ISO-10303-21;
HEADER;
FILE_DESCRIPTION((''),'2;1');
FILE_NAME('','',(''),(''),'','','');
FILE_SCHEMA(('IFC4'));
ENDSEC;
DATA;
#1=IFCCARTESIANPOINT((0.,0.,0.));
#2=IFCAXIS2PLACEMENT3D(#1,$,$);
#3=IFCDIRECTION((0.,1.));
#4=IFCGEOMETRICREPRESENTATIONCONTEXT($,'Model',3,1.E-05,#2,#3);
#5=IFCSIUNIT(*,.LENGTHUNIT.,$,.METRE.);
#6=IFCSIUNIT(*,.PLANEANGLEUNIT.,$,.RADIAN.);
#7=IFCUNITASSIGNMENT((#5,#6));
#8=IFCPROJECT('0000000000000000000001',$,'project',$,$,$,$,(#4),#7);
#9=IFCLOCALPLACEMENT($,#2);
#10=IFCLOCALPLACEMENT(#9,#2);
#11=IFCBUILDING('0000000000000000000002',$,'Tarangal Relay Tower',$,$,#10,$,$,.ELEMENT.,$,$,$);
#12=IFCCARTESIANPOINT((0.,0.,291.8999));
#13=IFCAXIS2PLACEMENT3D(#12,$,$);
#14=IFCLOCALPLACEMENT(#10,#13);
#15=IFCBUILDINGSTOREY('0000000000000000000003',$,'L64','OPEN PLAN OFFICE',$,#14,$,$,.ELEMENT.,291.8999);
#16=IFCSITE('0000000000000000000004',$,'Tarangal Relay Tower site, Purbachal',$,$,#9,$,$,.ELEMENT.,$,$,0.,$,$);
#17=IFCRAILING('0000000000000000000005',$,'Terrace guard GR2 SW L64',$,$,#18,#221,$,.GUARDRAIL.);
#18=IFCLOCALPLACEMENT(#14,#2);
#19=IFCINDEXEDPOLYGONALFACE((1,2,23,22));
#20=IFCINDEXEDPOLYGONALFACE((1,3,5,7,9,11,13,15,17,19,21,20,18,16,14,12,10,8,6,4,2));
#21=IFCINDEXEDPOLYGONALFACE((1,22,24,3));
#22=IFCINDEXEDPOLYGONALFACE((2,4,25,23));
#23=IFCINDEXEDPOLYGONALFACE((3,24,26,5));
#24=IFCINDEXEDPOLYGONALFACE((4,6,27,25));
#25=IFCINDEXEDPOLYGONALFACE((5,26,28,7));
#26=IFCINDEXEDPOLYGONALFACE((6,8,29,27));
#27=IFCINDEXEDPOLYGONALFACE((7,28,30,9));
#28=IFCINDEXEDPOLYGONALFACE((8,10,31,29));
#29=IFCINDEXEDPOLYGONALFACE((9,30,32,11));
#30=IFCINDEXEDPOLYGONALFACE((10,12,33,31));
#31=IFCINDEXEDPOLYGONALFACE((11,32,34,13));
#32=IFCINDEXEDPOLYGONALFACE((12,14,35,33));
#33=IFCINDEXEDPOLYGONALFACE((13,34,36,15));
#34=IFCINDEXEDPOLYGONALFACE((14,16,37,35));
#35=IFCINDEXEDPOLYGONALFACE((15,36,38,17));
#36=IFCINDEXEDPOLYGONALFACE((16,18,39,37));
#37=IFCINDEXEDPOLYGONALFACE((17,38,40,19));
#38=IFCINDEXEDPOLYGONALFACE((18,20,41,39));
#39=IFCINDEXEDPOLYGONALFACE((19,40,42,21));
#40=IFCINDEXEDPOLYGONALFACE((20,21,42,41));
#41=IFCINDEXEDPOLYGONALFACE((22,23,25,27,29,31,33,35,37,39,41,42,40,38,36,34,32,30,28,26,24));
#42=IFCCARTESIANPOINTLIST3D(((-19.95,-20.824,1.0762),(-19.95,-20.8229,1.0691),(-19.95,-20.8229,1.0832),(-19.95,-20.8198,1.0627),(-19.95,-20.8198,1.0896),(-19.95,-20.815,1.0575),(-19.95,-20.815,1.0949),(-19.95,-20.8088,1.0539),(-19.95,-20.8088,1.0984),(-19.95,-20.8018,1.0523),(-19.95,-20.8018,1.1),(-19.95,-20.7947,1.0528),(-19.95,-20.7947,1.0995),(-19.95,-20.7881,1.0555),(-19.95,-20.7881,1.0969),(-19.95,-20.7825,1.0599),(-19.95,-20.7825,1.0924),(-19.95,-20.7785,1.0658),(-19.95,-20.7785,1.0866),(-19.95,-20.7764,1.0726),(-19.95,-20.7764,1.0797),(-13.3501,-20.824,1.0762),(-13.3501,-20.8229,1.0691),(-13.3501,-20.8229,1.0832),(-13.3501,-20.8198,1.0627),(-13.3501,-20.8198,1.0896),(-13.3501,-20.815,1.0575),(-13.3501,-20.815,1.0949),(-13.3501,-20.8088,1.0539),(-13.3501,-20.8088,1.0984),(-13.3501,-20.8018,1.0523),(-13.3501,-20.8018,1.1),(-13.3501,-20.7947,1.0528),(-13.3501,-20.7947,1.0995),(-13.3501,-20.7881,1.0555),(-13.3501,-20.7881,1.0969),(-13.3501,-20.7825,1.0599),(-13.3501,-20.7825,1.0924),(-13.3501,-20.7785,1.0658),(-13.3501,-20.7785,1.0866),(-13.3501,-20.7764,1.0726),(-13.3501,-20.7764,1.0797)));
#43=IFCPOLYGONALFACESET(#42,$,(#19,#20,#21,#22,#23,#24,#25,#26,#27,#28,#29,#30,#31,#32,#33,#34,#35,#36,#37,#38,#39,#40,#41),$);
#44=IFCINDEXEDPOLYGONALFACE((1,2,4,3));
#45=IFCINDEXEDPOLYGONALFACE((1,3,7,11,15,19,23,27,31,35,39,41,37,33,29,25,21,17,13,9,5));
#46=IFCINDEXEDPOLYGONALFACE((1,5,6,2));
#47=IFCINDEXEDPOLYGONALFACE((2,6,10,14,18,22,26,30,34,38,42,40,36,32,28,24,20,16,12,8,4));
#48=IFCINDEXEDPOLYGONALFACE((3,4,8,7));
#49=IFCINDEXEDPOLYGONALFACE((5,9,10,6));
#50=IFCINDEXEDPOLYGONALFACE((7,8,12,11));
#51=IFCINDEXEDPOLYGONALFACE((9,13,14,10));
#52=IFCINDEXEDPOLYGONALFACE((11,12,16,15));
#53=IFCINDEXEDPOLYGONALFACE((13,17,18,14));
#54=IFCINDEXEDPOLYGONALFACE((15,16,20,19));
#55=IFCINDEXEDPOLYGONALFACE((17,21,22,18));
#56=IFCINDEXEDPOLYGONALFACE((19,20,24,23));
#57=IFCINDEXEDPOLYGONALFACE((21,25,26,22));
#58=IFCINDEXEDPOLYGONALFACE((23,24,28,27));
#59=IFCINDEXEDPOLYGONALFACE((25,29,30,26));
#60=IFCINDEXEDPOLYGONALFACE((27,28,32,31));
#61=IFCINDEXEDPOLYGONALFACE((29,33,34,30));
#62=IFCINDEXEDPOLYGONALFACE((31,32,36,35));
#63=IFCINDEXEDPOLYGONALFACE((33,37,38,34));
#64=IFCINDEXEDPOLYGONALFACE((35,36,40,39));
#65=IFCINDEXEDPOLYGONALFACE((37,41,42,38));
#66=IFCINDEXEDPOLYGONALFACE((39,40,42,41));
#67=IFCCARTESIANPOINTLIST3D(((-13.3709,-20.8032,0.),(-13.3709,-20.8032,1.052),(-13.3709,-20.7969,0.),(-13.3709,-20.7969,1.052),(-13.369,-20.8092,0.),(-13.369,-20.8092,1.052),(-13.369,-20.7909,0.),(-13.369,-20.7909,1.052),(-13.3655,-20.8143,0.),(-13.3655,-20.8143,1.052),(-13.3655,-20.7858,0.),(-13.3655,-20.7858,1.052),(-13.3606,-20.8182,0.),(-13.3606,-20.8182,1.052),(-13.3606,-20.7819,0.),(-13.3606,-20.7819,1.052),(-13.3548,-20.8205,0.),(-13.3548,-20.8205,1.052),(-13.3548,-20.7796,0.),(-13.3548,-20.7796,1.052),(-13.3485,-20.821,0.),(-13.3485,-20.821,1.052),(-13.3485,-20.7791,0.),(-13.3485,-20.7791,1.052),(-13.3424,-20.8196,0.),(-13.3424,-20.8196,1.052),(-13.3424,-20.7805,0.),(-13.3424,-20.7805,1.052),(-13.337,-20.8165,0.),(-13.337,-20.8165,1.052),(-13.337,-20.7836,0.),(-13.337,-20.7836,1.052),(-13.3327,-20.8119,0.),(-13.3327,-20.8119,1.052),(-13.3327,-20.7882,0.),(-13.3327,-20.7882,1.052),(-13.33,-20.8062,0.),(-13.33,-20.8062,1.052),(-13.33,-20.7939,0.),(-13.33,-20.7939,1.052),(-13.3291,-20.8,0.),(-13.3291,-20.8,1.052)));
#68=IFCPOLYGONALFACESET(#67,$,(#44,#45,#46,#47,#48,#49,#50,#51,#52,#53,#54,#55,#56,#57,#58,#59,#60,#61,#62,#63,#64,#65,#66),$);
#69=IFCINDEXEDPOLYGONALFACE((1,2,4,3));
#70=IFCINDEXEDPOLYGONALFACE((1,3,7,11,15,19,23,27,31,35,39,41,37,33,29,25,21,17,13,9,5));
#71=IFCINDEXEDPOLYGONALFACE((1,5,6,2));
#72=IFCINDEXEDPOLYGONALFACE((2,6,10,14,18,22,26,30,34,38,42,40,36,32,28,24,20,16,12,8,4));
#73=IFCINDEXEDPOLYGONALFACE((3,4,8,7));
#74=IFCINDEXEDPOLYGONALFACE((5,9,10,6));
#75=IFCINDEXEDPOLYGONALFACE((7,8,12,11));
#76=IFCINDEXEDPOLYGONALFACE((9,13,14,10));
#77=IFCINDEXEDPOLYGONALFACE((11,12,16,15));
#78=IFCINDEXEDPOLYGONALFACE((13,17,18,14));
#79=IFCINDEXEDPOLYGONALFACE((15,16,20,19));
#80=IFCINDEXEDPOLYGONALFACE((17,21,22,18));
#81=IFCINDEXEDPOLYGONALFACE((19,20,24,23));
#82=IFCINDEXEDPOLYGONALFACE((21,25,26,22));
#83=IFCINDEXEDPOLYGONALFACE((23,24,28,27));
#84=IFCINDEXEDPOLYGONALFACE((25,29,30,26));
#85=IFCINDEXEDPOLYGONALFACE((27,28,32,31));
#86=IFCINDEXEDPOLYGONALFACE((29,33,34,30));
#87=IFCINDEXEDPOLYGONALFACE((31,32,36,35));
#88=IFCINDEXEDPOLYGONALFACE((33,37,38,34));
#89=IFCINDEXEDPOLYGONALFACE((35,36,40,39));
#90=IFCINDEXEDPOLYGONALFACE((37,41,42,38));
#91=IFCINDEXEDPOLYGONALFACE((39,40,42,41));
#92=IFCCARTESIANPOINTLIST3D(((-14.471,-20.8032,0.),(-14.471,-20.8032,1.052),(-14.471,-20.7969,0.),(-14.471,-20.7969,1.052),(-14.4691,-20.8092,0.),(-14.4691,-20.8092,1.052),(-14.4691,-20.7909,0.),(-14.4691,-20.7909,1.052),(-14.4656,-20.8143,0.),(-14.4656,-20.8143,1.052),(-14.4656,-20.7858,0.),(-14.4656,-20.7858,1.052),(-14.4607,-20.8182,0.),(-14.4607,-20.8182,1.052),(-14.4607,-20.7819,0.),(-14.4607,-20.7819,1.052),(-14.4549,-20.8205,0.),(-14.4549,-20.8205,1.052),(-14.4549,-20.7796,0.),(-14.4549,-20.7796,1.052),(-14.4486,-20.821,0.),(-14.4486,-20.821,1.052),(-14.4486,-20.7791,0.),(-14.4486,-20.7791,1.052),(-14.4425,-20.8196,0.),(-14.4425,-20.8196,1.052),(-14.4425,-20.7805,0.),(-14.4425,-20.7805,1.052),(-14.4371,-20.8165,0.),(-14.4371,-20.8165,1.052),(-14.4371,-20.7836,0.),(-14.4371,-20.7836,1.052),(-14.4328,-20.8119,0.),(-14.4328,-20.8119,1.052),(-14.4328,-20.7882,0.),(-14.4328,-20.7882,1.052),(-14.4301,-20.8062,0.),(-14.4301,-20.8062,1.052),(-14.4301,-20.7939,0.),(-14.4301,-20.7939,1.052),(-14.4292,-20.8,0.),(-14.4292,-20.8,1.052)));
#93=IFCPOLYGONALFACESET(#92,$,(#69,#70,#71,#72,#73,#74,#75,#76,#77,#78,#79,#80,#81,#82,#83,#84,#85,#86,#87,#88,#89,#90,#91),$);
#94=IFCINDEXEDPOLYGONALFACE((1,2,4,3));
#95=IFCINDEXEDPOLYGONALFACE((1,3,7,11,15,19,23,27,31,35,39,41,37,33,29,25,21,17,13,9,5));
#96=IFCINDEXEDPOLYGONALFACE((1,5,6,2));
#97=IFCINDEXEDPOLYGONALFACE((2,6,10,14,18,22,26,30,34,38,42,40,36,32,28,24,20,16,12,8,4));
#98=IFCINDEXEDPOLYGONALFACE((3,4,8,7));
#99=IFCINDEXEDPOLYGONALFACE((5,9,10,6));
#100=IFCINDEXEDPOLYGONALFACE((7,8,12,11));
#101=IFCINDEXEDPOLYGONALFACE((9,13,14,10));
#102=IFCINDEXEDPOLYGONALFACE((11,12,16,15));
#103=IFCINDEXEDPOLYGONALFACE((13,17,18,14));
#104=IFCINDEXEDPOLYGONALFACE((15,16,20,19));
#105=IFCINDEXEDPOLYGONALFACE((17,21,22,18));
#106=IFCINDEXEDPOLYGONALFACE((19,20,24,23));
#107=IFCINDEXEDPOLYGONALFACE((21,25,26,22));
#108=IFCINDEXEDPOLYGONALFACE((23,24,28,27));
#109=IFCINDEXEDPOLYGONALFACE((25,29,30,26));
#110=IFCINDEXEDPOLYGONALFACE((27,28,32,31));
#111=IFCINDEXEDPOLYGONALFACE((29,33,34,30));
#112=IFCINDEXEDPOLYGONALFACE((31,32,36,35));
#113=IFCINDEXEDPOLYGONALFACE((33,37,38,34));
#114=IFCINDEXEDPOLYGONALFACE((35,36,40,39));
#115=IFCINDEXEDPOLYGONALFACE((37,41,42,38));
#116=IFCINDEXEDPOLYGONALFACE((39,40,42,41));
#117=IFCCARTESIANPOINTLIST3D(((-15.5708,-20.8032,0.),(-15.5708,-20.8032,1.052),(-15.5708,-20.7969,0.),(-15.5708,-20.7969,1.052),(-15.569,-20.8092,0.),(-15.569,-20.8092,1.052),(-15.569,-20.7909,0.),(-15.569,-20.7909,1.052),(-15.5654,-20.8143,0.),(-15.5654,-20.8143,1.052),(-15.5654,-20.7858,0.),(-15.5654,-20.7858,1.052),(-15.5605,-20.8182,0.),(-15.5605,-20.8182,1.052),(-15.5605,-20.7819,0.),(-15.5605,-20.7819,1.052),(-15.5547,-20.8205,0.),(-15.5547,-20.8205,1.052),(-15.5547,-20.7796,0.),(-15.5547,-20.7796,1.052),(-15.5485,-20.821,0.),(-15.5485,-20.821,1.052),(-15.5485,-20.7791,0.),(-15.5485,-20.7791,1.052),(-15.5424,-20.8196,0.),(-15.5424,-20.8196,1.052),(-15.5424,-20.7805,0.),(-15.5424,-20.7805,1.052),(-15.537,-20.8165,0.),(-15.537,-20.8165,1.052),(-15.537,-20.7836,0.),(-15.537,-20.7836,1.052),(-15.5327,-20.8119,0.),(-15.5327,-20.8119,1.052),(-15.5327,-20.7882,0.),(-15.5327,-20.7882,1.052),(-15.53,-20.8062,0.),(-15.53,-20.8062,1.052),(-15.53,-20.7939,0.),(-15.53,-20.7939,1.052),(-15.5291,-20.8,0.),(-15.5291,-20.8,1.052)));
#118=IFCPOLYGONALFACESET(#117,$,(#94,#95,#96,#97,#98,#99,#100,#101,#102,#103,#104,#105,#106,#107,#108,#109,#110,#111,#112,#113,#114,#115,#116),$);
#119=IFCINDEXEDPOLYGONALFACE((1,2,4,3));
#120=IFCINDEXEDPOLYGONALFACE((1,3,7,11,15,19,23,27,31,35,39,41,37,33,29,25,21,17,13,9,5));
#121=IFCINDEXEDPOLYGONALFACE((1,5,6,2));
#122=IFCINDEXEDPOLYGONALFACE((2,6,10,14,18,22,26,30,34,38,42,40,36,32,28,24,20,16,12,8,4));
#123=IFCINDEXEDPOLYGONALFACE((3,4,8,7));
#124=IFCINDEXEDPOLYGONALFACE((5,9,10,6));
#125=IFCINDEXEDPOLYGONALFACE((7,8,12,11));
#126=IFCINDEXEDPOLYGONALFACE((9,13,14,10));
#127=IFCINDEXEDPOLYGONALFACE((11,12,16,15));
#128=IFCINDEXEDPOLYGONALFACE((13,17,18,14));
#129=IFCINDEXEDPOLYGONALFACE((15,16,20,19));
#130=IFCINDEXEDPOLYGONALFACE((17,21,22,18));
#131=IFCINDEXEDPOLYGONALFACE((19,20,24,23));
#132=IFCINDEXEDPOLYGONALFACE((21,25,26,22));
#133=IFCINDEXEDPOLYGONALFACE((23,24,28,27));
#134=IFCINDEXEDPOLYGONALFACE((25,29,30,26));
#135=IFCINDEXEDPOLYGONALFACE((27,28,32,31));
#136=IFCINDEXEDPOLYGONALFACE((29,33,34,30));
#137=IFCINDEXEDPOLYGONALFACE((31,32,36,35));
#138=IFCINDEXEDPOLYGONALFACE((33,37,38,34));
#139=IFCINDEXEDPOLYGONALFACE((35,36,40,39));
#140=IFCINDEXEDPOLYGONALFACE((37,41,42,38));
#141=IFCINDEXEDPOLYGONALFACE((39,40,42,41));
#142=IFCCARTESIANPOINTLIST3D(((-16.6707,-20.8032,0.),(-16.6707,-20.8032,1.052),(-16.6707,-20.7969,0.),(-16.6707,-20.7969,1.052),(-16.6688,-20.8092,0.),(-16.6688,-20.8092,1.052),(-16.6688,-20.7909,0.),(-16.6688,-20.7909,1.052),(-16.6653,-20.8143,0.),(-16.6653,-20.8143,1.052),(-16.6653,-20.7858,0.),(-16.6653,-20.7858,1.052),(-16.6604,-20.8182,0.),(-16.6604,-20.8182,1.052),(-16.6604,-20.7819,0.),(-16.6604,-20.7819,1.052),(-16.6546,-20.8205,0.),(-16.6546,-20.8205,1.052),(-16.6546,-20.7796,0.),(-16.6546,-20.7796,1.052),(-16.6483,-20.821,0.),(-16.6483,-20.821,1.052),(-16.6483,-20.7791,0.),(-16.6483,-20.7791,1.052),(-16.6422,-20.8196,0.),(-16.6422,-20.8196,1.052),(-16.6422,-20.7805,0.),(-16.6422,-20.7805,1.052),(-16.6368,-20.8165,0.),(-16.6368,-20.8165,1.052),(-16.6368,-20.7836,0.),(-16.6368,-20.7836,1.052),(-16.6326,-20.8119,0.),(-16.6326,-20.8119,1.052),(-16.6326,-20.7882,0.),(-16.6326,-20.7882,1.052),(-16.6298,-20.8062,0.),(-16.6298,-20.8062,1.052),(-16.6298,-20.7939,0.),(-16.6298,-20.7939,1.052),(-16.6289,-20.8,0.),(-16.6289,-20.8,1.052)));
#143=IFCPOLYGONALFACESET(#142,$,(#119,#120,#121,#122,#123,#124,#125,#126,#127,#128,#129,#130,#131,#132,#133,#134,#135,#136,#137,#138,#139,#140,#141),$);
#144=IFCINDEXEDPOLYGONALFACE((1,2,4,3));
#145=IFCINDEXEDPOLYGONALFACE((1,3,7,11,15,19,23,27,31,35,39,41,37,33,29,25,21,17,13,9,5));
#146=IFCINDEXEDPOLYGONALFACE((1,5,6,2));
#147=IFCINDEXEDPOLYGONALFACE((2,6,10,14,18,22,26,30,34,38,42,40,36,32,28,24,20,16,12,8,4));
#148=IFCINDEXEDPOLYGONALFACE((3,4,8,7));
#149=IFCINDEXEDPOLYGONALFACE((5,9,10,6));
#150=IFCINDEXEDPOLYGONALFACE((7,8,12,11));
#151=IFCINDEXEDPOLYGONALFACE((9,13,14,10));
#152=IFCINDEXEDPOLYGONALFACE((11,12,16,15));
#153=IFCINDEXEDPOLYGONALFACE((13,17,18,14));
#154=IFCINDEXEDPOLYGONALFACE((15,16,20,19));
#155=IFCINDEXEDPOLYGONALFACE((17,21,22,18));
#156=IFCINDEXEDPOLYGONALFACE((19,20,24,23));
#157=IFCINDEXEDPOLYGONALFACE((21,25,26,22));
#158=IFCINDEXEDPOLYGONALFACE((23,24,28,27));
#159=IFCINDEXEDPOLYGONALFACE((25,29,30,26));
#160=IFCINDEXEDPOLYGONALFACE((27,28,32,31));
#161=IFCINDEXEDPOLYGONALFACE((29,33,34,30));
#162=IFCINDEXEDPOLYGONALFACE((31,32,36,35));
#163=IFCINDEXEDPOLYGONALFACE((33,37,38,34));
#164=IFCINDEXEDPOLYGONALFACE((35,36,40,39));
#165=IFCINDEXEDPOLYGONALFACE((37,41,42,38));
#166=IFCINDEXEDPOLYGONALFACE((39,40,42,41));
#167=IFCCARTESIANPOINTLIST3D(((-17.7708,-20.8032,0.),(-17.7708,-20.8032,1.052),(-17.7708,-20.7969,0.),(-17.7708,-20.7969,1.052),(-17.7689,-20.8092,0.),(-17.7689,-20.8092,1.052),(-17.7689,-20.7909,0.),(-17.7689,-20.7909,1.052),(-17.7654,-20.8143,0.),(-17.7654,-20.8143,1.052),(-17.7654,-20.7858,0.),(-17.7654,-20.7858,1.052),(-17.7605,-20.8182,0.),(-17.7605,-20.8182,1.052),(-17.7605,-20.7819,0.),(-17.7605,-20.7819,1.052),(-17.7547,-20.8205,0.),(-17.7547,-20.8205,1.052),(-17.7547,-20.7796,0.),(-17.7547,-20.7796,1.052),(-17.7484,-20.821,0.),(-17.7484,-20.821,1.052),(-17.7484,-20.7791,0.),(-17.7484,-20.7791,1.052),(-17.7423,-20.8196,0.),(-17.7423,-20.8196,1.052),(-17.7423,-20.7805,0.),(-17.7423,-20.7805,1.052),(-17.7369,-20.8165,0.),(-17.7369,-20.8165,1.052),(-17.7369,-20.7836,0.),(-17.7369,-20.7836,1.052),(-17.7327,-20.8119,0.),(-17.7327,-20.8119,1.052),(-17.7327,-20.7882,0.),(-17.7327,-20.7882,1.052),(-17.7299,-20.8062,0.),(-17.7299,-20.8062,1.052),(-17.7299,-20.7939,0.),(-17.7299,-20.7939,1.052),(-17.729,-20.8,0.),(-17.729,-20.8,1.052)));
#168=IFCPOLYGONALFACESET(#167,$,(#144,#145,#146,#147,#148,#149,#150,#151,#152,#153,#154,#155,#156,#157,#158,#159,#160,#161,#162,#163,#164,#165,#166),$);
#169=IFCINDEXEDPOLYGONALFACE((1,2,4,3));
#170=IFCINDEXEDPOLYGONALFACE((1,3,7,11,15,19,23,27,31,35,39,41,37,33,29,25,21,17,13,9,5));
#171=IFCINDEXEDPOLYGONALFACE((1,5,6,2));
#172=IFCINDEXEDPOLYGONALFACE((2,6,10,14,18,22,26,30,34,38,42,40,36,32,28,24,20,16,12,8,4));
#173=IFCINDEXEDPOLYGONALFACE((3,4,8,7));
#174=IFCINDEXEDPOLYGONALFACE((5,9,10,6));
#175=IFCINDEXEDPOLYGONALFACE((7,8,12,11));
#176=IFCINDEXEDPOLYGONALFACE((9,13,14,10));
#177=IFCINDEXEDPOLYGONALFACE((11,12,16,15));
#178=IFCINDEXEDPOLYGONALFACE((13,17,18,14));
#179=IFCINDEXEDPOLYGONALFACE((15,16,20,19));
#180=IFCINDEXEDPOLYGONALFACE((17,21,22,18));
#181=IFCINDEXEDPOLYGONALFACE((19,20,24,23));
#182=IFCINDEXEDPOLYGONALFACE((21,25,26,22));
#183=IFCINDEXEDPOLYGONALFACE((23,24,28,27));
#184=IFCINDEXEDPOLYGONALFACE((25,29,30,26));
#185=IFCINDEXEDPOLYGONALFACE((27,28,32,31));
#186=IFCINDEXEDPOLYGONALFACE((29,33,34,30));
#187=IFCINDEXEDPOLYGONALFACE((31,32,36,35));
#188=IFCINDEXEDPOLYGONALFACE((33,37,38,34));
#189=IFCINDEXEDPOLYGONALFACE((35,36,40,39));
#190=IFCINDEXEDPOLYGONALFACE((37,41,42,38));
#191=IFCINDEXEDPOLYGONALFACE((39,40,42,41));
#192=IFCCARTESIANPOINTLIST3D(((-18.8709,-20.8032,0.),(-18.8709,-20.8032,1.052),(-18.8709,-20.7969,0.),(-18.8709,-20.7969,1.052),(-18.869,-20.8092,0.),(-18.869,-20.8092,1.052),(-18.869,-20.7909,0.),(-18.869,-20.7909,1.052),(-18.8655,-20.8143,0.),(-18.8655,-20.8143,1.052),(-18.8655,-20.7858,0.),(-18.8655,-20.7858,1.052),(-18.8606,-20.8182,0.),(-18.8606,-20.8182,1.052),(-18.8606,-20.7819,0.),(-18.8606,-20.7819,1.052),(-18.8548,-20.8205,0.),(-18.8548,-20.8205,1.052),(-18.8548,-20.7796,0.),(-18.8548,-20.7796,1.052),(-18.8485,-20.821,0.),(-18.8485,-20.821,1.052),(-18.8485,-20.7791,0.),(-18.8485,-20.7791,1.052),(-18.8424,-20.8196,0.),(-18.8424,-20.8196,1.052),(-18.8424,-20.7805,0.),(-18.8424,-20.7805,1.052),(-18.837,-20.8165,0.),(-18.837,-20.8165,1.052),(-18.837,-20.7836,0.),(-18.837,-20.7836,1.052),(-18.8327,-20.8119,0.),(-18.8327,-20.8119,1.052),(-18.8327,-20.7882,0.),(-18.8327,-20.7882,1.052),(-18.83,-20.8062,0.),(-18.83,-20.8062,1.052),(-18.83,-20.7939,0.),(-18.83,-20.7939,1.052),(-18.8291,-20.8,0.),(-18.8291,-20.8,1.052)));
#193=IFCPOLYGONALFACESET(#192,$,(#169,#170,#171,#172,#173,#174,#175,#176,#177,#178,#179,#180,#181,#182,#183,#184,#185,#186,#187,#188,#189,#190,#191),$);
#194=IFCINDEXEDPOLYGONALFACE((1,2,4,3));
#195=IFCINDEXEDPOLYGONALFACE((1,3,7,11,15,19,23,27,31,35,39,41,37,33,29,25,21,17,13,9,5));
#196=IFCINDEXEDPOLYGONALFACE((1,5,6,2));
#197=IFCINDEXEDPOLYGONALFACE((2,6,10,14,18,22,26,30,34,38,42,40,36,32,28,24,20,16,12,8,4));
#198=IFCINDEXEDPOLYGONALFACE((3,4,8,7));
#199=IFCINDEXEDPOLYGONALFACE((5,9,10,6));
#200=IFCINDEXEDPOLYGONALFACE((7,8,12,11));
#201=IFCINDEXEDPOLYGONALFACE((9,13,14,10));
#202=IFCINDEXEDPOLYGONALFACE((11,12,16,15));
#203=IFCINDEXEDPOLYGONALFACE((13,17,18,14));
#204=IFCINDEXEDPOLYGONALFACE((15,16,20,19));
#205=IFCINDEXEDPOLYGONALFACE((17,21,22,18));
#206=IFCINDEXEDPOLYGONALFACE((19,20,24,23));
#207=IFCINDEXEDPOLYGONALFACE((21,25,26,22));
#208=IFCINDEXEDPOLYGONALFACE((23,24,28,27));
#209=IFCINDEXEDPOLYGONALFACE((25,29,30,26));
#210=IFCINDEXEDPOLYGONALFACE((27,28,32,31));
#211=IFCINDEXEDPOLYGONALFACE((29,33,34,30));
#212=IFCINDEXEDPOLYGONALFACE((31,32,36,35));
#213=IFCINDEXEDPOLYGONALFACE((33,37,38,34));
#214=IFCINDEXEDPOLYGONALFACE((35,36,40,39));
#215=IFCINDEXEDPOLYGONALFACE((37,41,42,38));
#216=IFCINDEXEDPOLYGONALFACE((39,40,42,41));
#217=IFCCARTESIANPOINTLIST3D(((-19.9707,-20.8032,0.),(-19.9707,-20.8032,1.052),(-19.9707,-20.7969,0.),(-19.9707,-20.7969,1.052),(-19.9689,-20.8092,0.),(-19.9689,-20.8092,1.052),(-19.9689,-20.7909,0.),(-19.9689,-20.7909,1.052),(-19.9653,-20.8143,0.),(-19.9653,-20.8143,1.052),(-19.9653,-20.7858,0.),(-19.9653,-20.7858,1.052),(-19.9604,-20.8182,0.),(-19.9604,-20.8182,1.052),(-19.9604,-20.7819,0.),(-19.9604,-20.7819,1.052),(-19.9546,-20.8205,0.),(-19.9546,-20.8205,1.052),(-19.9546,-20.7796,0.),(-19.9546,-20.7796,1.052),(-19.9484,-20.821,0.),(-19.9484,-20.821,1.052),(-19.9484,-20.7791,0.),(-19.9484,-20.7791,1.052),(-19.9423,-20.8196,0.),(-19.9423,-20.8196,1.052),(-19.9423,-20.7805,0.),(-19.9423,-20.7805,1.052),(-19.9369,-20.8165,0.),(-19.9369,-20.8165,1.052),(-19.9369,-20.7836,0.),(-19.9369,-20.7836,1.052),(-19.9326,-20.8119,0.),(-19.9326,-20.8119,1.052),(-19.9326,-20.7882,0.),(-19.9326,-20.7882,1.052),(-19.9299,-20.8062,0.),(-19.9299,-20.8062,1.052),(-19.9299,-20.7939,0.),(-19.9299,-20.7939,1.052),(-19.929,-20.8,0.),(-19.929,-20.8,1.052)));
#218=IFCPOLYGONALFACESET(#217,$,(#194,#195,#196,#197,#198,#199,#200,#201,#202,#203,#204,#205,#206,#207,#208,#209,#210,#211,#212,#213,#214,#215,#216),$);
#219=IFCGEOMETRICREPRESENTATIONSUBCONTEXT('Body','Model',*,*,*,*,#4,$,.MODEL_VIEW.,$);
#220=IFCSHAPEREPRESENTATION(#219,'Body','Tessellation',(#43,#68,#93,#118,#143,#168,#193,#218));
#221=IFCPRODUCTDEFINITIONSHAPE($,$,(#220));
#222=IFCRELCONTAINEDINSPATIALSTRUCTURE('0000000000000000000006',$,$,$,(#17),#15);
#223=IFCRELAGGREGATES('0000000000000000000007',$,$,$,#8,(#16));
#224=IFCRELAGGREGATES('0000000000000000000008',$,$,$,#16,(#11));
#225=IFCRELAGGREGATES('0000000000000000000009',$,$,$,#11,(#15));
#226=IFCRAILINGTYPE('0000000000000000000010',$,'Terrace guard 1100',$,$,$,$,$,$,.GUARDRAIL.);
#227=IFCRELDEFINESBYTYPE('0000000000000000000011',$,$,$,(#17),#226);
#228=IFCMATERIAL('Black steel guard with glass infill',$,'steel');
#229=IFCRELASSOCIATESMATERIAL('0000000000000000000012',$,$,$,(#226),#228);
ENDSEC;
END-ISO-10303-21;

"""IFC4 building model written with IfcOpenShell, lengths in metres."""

from ifc_helpers import new_model, si_unit, direction, frame, origin, origin_2d, place, context, subcontext, project, spatial, circle, extrude, material, type_object, element, save


model = new_model("IFC4")

# Units and contexts
model_context = context("Model", 3, precision=1e-05, world=origin(), true_north=direction((0.0, 1.0)))
body_context = subcontext(model_context, "Body", "Model", "MODEL_VIEW")
ifc_project = project(units=[si_unit("LENGTHUNIT", "METRE"), si_unit("PLANEANGLEUNIT", "RADIAN")], contexts=[model_context])

# Site, building, storey
site_placement = place(None, origin())
site = spatial("IfcSite", under=ifc_project, at=site_placement, Name="Tarangal Relay Tower site, Purbachal", CompositionType="ELEMENT", RefElevation=0.0)
building_placement = place(site_placement, origin())
building = spatial("IfcBuilding", under=site, at=building_placement, Name="Tarangal Relay Tower", CompositionType="ELEMENT")
storey_placement = place(building_placement, frame((0.0, 0.0, 291.8999)))
storey = spatial("IfcBuildingStorey", under=building, at=storey_placement, Name="L64", Description="OPEN PLAN OFFICE", CompositionType="ELEMENT", Elevation=291.8999)

# Railing
ifc_material_1 = material(Name="Black steel guard with glass infill", Category="steel")
railing_type = type_object("IfcRailingType", Name="Terrace guard 1100", PredefinedType="GUARDRAIL", material=ifc_material_1)
railing_1_placement = place(storey_placement, frame((-13.3501, -20.8, 0.0)))
element("IfcRailing", 1, at=railing_1_placement, inside=storey, type_object=railing_type, Name="Terrace guard GR2 SW L64", PredefinedType="GUARDRAIL", context=body_context, shape_type="SweptSolid", body=[
    extrude(circle(Radius=0.0239, at=origin_2d()), frame((0.0, 0.0, 1.0762), z_axis=(-1.0, 0.0, 0.0), x_axis=(0.0, -1.0, 0.0)), (0.0, 0.0, 1.0), 6.5999),
    extrude(circle(Radius=0.021, at=origin_2d()), origin(), (0.0, 0.0, 1.0), 1.052),
    extrude(circle(Radius=0.021, at=origin_2d()), frame((-1.1001, 0.0, 0.0)), (0.0, 0.0, 1.0), 1.052),
    extrude(circle(Radius=0.021, at=origin_2d()), frame((-2.2, 0.0, 0.0)), (0.0, 0.0, 1.0), 1.052),
    extrude(circle(Radius=0.021, at=origin_2d()), frame((-3.2998, 0.0, 0.0)), (0.0, 0.0, 1.0), 1.052),
    extrude(circle(Radius=0.021, at=origin_2d()), frame((-4.3999, 0.0, 0.0)), (0.0, 0.0, 1.0), 1.052),
    extrude(circle(Radius=0.021, at=origin_2d()), frame((-5.5, 0.0, 0.0)), (0.0, 0.0, 1.0), 1.052),
    extrude(circle(Radius=0.021, at=origin_2d()), frame((-6.5999, 0.0, 0.0)), (0.0, 0.0, 1.0), 1.052),
])

save(model, "model.ifc")
